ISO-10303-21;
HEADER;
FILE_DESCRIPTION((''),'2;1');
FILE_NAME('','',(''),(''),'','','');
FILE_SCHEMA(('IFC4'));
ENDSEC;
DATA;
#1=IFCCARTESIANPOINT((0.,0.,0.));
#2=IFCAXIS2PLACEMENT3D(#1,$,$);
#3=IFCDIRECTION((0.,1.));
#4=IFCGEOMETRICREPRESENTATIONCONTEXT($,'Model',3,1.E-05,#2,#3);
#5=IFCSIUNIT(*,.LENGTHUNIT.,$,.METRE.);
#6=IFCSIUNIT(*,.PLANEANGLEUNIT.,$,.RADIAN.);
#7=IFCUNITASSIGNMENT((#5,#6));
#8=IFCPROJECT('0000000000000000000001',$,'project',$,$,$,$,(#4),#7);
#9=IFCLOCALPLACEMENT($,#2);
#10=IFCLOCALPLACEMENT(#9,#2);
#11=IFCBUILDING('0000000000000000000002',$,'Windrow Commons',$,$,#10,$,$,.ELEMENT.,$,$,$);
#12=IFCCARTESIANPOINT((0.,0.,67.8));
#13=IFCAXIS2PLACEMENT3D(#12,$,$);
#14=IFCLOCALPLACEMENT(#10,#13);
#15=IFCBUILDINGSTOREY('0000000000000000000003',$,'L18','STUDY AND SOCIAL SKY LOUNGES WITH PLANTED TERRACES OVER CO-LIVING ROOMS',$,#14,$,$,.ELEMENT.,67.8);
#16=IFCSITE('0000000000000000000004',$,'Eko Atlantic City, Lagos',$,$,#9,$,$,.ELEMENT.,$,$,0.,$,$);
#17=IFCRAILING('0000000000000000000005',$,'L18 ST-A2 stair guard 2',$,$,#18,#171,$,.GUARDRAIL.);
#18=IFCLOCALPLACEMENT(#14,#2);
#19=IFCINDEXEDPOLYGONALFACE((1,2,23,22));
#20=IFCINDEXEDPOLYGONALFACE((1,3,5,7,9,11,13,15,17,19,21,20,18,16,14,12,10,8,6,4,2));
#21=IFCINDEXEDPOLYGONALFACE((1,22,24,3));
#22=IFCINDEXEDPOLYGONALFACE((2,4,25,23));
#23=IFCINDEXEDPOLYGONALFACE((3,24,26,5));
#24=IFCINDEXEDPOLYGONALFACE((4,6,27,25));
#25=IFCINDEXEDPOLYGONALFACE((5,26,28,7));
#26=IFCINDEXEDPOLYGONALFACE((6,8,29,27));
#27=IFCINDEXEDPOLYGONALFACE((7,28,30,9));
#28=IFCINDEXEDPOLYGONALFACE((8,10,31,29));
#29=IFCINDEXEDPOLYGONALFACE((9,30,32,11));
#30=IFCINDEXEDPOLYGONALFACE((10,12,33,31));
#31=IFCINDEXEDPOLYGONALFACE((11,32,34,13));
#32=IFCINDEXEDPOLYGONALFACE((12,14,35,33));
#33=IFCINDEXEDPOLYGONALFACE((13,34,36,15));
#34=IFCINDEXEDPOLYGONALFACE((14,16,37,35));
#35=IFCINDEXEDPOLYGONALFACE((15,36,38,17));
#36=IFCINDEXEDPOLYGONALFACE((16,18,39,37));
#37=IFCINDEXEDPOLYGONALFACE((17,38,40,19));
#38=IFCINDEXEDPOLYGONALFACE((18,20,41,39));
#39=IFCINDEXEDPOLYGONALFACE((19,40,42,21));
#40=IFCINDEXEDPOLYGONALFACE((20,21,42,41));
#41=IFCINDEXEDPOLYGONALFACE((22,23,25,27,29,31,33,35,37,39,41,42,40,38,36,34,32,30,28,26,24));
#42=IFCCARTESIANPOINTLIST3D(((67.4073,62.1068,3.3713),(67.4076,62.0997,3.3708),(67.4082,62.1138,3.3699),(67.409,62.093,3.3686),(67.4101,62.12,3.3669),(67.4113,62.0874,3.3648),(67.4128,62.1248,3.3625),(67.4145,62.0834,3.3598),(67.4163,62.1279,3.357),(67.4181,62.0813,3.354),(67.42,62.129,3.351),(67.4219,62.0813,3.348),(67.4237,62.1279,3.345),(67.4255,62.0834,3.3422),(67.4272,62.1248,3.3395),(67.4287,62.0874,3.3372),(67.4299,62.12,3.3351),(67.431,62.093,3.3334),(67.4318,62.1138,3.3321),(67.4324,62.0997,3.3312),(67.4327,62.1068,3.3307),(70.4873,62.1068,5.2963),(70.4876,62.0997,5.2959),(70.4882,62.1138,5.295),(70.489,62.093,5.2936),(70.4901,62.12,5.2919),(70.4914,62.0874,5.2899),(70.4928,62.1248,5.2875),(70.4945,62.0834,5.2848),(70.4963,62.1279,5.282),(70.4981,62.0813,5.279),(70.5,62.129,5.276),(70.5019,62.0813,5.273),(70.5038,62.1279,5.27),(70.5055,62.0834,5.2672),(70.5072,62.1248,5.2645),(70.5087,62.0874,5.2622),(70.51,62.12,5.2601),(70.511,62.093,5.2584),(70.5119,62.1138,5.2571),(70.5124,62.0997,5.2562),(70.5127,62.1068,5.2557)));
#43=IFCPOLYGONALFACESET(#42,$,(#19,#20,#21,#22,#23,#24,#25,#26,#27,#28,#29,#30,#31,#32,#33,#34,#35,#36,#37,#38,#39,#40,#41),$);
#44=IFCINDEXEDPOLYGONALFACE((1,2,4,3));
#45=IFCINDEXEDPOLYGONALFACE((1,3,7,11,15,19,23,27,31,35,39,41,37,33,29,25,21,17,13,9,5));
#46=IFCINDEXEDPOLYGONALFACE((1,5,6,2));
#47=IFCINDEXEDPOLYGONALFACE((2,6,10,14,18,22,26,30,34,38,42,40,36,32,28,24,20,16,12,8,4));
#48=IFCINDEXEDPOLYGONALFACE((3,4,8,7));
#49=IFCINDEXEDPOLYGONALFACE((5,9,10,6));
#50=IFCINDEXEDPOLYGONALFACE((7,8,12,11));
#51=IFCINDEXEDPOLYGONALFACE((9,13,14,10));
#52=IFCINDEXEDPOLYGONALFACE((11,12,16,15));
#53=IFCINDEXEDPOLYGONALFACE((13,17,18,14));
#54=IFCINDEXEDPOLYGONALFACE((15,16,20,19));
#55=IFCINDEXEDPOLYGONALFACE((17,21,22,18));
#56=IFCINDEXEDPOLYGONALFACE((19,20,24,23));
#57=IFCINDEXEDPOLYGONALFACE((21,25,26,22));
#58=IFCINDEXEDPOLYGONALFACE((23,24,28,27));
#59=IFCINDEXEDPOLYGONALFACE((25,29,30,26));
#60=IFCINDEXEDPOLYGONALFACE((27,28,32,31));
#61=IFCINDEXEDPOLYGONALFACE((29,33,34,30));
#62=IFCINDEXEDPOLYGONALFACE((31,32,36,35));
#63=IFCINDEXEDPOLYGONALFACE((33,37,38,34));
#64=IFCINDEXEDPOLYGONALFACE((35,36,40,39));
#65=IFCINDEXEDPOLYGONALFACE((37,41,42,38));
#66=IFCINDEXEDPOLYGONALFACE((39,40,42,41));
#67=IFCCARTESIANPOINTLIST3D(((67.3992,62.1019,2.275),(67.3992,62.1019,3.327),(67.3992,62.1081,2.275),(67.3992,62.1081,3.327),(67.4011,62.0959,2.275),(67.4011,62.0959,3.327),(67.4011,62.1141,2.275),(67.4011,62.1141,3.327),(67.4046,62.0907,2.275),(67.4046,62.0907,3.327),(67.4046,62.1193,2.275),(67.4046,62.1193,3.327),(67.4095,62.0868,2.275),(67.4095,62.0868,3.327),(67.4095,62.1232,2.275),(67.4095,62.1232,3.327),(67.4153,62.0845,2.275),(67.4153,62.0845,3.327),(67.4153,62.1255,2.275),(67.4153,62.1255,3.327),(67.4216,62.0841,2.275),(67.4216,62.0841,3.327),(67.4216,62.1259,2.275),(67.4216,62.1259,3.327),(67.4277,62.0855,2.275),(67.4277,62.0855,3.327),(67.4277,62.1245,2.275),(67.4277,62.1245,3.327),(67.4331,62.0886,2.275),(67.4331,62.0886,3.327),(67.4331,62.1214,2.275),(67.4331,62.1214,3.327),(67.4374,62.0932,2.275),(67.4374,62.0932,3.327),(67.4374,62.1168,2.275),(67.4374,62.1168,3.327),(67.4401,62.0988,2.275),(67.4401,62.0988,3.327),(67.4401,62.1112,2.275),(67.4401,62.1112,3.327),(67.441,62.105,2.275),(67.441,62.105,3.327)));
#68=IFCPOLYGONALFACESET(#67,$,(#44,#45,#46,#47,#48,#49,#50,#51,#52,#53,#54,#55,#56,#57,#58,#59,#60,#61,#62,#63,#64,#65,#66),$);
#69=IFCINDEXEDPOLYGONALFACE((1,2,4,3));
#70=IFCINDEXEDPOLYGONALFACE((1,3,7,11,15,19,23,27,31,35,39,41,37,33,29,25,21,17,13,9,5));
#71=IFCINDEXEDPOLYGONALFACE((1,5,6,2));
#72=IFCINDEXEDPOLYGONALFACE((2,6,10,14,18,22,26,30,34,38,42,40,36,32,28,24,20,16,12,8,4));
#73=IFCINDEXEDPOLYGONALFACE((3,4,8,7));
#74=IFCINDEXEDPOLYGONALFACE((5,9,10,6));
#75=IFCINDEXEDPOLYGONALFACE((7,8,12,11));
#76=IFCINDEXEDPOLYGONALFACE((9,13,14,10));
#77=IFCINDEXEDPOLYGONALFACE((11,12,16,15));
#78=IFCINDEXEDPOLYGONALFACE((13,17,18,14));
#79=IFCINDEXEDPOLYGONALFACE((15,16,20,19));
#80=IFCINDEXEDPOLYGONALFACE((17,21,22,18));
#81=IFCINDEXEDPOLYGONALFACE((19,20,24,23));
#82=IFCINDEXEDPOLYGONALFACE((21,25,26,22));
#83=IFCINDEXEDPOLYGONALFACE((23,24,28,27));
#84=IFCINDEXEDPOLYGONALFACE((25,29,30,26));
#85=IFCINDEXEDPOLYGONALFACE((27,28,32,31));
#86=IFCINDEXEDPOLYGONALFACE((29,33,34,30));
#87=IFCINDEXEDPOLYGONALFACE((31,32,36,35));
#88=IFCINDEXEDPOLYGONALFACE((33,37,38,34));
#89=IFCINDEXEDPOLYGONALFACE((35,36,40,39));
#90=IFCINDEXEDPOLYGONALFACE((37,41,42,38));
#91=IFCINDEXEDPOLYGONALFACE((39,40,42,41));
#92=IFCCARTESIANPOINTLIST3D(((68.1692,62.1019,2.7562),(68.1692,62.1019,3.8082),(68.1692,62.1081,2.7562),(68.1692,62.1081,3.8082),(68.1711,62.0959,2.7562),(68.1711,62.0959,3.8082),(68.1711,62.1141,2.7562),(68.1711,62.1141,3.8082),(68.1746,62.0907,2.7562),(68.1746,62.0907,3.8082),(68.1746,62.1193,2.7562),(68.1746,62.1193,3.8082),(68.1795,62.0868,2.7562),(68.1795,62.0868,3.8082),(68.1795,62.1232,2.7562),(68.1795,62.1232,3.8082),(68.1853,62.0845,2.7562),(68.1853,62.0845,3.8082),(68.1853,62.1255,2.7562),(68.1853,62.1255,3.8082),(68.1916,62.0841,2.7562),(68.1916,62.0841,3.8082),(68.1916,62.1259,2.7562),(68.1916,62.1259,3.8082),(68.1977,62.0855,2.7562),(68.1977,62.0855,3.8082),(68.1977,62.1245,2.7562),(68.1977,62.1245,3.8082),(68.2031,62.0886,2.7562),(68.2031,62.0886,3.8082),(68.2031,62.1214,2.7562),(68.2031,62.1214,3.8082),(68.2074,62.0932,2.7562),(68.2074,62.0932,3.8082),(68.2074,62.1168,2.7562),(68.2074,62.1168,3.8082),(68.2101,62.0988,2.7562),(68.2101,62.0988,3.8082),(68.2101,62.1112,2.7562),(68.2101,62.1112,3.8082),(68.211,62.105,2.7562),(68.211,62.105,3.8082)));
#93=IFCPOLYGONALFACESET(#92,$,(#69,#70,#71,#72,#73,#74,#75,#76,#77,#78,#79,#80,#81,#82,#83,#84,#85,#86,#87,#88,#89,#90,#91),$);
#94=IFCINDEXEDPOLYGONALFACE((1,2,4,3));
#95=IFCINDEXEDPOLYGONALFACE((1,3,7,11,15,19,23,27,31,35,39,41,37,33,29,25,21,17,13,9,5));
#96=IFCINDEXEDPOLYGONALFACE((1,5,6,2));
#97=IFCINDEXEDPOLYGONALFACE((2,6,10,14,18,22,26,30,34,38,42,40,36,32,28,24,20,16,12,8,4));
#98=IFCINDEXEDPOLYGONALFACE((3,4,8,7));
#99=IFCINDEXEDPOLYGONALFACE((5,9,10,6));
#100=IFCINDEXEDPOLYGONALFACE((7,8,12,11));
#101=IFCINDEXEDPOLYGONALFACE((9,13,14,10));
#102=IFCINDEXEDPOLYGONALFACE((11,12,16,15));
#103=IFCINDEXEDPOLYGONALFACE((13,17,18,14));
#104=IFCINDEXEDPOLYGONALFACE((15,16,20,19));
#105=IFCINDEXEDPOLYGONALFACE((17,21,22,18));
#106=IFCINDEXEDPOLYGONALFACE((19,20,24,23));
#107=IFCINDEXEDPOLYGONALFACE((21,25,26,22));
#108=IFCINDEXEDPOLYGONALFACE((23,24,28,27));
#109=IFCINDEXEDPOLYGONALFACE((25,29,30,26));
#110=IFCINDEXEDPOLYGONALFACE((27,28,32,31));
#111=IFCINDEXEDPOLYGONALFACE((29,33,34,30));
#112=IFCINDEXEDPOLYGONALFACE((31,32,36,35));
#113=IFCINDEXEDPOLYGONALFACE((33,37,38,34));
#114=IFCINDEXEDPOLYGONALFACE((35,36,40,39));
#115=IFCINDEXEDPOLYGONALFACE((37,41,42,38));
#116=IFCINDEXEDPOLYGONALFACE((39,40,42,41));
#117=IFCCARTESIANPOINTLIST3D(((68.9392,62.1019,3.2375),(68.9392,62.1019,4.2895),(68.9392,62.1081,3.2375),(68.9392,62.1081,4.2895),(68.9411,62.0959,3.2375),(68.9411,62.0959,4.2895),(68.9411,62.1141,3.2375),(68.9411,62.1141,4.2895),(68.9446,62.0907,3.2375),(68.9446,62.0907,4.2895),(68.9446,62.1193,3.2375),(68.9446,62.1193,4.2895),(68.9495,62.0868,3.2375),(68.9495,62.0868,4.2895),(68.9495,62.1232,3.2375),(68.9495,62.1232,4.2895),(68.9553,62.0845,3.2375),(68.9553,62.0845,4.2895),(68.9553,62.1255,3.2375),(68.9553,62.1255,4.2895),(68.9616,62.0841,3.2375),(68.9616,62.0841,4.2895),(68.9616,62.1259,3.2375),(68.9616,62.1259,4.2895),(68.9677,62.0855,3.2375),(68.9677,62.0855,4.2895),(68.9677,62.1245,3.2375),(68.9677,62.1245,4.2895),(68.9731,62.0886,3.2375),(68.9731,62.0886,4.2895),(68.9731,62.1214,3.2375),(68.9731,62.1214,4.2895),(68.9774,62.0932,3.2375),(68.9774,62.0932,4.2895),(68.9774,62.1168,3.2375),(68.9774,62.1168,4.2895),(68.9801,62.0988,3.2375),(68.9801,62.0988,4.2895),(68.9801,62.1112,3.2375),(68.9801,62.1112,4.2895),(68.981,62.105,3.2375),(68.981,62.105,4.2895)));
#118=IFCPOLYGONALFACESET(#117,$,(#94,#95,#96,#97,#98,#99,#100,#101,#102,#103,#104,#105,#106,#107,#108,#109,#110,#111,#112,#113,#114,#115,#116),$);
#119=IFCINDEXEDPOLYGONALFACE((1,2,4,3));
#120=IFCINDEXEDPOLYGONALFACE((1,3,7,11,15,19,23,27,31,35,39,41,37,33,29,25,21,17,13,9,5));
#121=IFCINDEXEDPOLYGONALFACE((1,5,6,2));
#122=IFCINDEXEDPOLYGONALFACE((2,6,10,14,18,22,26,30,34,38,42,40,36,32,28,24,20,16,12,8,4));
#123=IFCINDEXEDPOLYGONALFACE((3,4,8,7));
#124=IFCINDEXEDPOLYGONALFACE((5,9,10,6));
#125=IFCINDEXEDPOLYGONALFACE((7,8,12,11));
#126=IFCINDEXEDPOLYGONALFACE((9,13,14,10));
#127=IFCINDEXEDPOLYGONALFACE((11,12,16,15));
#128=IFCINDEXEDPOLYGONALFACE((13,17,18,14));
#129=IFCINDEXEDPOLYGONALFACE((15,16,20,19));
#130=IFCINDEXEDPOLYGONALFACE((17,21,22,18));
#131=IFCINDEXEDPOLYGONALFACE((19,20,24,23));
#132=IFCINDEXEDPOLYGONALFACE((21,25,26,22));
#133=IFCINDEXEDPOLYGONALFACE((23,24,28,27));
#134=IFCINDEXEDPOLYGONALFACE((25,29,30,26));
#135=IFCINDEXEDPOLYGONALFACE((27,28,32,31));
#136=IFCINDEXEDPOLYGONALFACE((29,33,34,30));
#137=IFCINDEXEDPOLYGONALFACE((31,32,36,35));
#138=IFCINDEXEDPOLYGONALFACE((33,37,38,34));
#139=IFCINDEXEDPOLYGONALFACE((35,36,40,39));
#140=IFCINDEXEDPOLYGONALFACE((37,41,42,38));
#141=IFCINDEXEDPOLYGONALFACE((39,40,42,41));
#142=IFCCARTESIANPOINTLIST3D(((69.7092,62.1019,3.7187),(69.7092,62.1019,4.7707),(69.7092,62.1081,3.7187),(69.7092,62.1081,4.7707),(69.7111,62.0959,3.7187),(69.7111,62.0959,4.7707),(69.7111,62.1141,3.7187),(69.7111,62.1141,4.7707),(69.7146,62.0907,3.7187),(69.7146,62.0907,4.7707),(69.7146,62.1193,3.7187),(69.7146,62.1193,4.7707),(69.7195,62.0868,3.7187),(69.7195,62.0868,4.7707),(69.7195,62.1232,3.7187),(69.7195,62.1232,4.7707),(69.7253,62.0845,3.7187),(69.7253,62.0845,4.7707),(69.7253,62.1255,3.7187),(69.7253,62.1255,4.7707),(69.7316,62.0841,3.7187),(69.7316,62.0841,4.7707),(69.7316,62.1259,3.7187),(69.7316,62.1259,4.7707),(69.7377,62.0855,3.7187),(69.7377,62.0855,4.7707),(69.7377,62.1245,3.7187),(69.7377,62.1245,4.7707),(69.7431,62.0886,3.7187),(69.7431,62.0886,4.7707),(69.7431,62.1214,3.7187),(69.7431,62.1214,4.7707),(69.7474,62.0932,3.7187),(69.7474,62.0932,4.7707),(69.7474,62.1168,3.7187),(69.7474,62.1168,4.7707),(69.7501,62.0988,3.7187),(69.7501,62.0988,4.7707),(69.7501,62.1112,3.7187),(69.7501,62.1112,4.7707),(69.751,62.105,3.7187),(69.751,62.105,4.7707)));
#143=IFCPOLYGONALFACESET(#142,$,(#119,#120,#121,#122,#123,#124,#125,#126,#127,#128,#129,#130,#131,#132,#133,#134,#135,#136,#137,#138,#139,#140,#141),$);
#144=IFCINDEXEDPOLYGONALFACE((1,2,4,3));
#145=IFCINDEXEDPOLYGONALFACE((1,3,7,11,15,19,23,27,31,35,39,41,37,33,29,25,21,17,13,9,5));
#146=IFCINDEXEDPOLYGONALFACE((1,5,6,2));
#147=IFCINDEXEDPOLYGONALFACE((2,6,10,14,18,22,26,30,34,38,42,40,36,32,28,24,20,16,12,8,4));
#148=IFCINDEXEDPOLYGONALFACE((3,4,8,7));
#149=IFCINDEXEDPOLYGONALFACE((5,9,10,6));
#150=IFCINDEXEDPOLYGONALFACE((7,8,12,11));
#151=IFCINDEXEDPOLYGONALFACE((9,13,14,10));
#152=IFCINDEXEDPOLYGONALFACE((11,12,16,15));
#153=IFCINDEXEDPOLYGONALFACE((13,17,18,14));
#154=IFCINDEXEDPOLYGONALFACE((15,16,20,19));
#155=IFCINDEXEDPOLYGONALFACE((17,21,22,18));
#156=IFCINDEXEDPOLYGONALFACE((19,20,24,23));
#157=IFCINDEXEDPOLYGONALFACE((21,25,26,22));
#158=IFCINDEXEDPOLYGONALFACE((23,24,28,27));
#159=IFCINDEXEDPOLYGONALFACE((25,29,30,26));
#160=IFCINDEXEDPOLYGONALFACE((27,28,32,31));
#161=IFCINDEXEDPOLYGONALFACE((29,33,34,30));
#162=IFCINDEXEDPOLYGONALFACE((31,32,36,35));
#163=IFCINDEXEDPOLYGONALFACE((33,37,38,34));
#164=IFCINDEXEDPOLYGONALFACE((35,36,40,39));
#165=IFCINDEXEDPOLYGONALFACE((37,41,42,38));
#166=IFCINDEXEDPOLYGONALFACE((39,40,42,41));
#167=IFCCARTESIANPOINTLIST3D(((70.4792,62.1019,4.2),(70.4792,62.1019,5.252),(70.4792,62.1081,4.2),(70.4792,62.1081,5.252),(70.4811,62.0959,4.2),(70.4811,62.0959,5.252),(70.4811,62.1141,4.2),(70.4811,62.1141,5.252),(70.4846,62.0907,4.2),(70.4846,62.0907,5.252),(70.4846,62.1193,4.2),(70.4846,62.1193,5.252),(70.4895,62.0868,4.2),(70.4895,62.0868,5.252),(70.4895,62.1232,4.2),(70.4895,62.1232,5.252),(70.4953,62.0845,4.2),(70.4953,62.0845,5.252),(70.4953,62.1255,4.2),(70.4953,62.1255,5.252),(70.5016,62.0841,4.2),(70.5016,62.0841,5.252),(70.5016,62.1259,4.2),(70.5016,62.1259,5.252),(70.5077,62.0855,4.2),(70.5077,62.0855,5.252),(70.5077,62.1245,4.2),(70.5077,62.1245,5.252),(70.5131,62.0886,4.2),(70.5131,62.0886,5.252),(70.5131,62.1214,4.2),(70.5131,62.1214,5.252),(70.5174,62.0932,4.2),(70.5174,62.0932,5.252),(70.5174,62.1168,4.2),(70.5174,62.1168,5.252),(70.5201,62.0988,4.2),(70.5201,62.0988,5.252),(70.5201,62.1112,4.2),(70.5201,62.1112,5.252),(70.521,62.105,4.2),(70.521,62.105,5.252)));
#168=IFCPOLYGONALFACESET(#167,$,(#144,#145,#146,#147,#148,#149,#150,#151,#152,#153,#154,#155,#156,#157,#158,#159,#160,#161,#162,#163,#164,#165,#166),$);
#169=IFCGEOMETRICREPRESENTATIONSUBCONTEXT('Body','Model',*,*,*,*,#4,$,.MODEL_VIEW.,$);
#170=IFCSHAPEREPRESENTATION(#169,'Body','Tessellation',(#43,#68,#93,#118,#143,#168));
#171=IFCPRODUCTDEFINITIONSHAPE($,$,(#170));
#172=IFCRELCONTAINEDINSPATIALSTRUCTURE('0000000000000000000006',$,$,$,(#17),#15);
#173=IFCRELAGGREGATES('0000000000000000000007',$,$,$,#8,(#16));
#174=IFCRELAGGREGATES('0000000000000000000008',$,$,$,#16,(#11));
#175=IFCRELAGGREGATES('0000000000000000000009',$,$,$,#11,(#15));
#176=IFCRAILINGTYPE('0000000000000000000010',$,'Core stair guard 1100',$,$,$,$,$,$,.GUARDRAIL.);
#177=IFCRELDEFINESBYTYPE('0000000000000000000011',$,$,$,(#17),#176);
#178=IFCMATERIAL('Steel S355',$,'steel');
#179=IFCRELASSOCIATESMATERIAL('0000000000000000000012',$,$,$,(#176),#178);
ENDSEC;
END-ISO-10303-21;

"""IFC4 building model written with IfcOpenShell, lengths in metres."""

from ifc_helpers import new_model, si_unit, direction, frame, origin, origin_2d, place, context, subcontext, project, spatial, circle, extrude, material, type_object, element, save


model = new_model("IFC4")

# Units and contexts
model_context = context("Model", 3, precision=1e-05, world=origin(), true_north=direction((0.0, 1.0)))
body_context = subcontext(model_context, "Body", "Model", "MODEL_VIEW")
ifc_project = project(units=[si_unit("LENGTHUNIT", "METRE"), si_unit("PLANEANGLEUNIT", "RADIAN")], contexts=[model_context])

# Site, building, storey
site_placement = place(None, origin())
site = spatial("IfcSite", under=ifc_project, at=site_placement, Name="Eko Atlantic City, Lagos", CompositionType="ELEMENT", RefElevation=0.0)
building_placement = place(site_placement, origin())
building = spatial("IfcBuilding", under=site, at=building_placement, Name="Windrow Commons", CompositionType="ELEMENT")
storey_placement = place(building_placement, frame((0.0, 0.0, 67.8)))
storey = spatial("IfcBuildingStorey", under=building, at=storey_placement, Name="L18", Description="STUDY AND SOCIAL SKY LOUNGES WITH PLANTED TERRACES OVER CO-LIVING ROOMS", CompositionType="ELEMENT", Elevation=67.8)

# Railing
ifc_material_1 = material(Name="Steel S355", Category="steel")
railing_type_1 = type_object("IfcRailingType", Name="Core stair guard 1100", PredefinedType="GUARDRAIL", material=ifc_material_1)
railing_1_placement = place(storey_placement, frame((67.42, 62.105, 2.275)))
element("IfcRailing", 1, at=railing_1_placement, inside=storey, type_object=railing_type_1, Name="L18 ST-A2 stair guard 2", PredefinedType="GUARDRAIL", context=body_context, shape_type="SweptSolid", body=[
    extrude(circle(Radius=0.024, at=origin_2d()), frame((0.0, 0.0, 1.076), z_axis=(0.847998, 0.0, 0.529999), x_axis=(0.0, 1.0, 0.0)), (0.0, 0.0, 1.0), 3.6321),
    extrude(circle(Radius=0.021, at=origin_2d()), origin(), (0.0, 0.0, 1.0), 1.052),
    extrude(circle(Radius=0.021, at=origin_2d()), frame((0.77, 0.0, 0.4812)), (0.0, 0.0, 1.0), 1.052),
    extrude(circle(Radius=0.021, at=origin_2d()), frame((1.54, 0.0, 0.9625)), (0.0, 0.0, 1.0), 1.052),
    extrude(circle(Radius=0.021, at=origin_2d()), frame((2.31, 0.0, 1.4437)), (0.0, 0.0, 1.0), 1.052),
    extrude(circle(Radius=0.021, at=origin_2d()), frame((3.08, 0.0, 1.925)), (0.0, 0.0, 1.0), 1.052),
])

save(model, "model.ifc")
